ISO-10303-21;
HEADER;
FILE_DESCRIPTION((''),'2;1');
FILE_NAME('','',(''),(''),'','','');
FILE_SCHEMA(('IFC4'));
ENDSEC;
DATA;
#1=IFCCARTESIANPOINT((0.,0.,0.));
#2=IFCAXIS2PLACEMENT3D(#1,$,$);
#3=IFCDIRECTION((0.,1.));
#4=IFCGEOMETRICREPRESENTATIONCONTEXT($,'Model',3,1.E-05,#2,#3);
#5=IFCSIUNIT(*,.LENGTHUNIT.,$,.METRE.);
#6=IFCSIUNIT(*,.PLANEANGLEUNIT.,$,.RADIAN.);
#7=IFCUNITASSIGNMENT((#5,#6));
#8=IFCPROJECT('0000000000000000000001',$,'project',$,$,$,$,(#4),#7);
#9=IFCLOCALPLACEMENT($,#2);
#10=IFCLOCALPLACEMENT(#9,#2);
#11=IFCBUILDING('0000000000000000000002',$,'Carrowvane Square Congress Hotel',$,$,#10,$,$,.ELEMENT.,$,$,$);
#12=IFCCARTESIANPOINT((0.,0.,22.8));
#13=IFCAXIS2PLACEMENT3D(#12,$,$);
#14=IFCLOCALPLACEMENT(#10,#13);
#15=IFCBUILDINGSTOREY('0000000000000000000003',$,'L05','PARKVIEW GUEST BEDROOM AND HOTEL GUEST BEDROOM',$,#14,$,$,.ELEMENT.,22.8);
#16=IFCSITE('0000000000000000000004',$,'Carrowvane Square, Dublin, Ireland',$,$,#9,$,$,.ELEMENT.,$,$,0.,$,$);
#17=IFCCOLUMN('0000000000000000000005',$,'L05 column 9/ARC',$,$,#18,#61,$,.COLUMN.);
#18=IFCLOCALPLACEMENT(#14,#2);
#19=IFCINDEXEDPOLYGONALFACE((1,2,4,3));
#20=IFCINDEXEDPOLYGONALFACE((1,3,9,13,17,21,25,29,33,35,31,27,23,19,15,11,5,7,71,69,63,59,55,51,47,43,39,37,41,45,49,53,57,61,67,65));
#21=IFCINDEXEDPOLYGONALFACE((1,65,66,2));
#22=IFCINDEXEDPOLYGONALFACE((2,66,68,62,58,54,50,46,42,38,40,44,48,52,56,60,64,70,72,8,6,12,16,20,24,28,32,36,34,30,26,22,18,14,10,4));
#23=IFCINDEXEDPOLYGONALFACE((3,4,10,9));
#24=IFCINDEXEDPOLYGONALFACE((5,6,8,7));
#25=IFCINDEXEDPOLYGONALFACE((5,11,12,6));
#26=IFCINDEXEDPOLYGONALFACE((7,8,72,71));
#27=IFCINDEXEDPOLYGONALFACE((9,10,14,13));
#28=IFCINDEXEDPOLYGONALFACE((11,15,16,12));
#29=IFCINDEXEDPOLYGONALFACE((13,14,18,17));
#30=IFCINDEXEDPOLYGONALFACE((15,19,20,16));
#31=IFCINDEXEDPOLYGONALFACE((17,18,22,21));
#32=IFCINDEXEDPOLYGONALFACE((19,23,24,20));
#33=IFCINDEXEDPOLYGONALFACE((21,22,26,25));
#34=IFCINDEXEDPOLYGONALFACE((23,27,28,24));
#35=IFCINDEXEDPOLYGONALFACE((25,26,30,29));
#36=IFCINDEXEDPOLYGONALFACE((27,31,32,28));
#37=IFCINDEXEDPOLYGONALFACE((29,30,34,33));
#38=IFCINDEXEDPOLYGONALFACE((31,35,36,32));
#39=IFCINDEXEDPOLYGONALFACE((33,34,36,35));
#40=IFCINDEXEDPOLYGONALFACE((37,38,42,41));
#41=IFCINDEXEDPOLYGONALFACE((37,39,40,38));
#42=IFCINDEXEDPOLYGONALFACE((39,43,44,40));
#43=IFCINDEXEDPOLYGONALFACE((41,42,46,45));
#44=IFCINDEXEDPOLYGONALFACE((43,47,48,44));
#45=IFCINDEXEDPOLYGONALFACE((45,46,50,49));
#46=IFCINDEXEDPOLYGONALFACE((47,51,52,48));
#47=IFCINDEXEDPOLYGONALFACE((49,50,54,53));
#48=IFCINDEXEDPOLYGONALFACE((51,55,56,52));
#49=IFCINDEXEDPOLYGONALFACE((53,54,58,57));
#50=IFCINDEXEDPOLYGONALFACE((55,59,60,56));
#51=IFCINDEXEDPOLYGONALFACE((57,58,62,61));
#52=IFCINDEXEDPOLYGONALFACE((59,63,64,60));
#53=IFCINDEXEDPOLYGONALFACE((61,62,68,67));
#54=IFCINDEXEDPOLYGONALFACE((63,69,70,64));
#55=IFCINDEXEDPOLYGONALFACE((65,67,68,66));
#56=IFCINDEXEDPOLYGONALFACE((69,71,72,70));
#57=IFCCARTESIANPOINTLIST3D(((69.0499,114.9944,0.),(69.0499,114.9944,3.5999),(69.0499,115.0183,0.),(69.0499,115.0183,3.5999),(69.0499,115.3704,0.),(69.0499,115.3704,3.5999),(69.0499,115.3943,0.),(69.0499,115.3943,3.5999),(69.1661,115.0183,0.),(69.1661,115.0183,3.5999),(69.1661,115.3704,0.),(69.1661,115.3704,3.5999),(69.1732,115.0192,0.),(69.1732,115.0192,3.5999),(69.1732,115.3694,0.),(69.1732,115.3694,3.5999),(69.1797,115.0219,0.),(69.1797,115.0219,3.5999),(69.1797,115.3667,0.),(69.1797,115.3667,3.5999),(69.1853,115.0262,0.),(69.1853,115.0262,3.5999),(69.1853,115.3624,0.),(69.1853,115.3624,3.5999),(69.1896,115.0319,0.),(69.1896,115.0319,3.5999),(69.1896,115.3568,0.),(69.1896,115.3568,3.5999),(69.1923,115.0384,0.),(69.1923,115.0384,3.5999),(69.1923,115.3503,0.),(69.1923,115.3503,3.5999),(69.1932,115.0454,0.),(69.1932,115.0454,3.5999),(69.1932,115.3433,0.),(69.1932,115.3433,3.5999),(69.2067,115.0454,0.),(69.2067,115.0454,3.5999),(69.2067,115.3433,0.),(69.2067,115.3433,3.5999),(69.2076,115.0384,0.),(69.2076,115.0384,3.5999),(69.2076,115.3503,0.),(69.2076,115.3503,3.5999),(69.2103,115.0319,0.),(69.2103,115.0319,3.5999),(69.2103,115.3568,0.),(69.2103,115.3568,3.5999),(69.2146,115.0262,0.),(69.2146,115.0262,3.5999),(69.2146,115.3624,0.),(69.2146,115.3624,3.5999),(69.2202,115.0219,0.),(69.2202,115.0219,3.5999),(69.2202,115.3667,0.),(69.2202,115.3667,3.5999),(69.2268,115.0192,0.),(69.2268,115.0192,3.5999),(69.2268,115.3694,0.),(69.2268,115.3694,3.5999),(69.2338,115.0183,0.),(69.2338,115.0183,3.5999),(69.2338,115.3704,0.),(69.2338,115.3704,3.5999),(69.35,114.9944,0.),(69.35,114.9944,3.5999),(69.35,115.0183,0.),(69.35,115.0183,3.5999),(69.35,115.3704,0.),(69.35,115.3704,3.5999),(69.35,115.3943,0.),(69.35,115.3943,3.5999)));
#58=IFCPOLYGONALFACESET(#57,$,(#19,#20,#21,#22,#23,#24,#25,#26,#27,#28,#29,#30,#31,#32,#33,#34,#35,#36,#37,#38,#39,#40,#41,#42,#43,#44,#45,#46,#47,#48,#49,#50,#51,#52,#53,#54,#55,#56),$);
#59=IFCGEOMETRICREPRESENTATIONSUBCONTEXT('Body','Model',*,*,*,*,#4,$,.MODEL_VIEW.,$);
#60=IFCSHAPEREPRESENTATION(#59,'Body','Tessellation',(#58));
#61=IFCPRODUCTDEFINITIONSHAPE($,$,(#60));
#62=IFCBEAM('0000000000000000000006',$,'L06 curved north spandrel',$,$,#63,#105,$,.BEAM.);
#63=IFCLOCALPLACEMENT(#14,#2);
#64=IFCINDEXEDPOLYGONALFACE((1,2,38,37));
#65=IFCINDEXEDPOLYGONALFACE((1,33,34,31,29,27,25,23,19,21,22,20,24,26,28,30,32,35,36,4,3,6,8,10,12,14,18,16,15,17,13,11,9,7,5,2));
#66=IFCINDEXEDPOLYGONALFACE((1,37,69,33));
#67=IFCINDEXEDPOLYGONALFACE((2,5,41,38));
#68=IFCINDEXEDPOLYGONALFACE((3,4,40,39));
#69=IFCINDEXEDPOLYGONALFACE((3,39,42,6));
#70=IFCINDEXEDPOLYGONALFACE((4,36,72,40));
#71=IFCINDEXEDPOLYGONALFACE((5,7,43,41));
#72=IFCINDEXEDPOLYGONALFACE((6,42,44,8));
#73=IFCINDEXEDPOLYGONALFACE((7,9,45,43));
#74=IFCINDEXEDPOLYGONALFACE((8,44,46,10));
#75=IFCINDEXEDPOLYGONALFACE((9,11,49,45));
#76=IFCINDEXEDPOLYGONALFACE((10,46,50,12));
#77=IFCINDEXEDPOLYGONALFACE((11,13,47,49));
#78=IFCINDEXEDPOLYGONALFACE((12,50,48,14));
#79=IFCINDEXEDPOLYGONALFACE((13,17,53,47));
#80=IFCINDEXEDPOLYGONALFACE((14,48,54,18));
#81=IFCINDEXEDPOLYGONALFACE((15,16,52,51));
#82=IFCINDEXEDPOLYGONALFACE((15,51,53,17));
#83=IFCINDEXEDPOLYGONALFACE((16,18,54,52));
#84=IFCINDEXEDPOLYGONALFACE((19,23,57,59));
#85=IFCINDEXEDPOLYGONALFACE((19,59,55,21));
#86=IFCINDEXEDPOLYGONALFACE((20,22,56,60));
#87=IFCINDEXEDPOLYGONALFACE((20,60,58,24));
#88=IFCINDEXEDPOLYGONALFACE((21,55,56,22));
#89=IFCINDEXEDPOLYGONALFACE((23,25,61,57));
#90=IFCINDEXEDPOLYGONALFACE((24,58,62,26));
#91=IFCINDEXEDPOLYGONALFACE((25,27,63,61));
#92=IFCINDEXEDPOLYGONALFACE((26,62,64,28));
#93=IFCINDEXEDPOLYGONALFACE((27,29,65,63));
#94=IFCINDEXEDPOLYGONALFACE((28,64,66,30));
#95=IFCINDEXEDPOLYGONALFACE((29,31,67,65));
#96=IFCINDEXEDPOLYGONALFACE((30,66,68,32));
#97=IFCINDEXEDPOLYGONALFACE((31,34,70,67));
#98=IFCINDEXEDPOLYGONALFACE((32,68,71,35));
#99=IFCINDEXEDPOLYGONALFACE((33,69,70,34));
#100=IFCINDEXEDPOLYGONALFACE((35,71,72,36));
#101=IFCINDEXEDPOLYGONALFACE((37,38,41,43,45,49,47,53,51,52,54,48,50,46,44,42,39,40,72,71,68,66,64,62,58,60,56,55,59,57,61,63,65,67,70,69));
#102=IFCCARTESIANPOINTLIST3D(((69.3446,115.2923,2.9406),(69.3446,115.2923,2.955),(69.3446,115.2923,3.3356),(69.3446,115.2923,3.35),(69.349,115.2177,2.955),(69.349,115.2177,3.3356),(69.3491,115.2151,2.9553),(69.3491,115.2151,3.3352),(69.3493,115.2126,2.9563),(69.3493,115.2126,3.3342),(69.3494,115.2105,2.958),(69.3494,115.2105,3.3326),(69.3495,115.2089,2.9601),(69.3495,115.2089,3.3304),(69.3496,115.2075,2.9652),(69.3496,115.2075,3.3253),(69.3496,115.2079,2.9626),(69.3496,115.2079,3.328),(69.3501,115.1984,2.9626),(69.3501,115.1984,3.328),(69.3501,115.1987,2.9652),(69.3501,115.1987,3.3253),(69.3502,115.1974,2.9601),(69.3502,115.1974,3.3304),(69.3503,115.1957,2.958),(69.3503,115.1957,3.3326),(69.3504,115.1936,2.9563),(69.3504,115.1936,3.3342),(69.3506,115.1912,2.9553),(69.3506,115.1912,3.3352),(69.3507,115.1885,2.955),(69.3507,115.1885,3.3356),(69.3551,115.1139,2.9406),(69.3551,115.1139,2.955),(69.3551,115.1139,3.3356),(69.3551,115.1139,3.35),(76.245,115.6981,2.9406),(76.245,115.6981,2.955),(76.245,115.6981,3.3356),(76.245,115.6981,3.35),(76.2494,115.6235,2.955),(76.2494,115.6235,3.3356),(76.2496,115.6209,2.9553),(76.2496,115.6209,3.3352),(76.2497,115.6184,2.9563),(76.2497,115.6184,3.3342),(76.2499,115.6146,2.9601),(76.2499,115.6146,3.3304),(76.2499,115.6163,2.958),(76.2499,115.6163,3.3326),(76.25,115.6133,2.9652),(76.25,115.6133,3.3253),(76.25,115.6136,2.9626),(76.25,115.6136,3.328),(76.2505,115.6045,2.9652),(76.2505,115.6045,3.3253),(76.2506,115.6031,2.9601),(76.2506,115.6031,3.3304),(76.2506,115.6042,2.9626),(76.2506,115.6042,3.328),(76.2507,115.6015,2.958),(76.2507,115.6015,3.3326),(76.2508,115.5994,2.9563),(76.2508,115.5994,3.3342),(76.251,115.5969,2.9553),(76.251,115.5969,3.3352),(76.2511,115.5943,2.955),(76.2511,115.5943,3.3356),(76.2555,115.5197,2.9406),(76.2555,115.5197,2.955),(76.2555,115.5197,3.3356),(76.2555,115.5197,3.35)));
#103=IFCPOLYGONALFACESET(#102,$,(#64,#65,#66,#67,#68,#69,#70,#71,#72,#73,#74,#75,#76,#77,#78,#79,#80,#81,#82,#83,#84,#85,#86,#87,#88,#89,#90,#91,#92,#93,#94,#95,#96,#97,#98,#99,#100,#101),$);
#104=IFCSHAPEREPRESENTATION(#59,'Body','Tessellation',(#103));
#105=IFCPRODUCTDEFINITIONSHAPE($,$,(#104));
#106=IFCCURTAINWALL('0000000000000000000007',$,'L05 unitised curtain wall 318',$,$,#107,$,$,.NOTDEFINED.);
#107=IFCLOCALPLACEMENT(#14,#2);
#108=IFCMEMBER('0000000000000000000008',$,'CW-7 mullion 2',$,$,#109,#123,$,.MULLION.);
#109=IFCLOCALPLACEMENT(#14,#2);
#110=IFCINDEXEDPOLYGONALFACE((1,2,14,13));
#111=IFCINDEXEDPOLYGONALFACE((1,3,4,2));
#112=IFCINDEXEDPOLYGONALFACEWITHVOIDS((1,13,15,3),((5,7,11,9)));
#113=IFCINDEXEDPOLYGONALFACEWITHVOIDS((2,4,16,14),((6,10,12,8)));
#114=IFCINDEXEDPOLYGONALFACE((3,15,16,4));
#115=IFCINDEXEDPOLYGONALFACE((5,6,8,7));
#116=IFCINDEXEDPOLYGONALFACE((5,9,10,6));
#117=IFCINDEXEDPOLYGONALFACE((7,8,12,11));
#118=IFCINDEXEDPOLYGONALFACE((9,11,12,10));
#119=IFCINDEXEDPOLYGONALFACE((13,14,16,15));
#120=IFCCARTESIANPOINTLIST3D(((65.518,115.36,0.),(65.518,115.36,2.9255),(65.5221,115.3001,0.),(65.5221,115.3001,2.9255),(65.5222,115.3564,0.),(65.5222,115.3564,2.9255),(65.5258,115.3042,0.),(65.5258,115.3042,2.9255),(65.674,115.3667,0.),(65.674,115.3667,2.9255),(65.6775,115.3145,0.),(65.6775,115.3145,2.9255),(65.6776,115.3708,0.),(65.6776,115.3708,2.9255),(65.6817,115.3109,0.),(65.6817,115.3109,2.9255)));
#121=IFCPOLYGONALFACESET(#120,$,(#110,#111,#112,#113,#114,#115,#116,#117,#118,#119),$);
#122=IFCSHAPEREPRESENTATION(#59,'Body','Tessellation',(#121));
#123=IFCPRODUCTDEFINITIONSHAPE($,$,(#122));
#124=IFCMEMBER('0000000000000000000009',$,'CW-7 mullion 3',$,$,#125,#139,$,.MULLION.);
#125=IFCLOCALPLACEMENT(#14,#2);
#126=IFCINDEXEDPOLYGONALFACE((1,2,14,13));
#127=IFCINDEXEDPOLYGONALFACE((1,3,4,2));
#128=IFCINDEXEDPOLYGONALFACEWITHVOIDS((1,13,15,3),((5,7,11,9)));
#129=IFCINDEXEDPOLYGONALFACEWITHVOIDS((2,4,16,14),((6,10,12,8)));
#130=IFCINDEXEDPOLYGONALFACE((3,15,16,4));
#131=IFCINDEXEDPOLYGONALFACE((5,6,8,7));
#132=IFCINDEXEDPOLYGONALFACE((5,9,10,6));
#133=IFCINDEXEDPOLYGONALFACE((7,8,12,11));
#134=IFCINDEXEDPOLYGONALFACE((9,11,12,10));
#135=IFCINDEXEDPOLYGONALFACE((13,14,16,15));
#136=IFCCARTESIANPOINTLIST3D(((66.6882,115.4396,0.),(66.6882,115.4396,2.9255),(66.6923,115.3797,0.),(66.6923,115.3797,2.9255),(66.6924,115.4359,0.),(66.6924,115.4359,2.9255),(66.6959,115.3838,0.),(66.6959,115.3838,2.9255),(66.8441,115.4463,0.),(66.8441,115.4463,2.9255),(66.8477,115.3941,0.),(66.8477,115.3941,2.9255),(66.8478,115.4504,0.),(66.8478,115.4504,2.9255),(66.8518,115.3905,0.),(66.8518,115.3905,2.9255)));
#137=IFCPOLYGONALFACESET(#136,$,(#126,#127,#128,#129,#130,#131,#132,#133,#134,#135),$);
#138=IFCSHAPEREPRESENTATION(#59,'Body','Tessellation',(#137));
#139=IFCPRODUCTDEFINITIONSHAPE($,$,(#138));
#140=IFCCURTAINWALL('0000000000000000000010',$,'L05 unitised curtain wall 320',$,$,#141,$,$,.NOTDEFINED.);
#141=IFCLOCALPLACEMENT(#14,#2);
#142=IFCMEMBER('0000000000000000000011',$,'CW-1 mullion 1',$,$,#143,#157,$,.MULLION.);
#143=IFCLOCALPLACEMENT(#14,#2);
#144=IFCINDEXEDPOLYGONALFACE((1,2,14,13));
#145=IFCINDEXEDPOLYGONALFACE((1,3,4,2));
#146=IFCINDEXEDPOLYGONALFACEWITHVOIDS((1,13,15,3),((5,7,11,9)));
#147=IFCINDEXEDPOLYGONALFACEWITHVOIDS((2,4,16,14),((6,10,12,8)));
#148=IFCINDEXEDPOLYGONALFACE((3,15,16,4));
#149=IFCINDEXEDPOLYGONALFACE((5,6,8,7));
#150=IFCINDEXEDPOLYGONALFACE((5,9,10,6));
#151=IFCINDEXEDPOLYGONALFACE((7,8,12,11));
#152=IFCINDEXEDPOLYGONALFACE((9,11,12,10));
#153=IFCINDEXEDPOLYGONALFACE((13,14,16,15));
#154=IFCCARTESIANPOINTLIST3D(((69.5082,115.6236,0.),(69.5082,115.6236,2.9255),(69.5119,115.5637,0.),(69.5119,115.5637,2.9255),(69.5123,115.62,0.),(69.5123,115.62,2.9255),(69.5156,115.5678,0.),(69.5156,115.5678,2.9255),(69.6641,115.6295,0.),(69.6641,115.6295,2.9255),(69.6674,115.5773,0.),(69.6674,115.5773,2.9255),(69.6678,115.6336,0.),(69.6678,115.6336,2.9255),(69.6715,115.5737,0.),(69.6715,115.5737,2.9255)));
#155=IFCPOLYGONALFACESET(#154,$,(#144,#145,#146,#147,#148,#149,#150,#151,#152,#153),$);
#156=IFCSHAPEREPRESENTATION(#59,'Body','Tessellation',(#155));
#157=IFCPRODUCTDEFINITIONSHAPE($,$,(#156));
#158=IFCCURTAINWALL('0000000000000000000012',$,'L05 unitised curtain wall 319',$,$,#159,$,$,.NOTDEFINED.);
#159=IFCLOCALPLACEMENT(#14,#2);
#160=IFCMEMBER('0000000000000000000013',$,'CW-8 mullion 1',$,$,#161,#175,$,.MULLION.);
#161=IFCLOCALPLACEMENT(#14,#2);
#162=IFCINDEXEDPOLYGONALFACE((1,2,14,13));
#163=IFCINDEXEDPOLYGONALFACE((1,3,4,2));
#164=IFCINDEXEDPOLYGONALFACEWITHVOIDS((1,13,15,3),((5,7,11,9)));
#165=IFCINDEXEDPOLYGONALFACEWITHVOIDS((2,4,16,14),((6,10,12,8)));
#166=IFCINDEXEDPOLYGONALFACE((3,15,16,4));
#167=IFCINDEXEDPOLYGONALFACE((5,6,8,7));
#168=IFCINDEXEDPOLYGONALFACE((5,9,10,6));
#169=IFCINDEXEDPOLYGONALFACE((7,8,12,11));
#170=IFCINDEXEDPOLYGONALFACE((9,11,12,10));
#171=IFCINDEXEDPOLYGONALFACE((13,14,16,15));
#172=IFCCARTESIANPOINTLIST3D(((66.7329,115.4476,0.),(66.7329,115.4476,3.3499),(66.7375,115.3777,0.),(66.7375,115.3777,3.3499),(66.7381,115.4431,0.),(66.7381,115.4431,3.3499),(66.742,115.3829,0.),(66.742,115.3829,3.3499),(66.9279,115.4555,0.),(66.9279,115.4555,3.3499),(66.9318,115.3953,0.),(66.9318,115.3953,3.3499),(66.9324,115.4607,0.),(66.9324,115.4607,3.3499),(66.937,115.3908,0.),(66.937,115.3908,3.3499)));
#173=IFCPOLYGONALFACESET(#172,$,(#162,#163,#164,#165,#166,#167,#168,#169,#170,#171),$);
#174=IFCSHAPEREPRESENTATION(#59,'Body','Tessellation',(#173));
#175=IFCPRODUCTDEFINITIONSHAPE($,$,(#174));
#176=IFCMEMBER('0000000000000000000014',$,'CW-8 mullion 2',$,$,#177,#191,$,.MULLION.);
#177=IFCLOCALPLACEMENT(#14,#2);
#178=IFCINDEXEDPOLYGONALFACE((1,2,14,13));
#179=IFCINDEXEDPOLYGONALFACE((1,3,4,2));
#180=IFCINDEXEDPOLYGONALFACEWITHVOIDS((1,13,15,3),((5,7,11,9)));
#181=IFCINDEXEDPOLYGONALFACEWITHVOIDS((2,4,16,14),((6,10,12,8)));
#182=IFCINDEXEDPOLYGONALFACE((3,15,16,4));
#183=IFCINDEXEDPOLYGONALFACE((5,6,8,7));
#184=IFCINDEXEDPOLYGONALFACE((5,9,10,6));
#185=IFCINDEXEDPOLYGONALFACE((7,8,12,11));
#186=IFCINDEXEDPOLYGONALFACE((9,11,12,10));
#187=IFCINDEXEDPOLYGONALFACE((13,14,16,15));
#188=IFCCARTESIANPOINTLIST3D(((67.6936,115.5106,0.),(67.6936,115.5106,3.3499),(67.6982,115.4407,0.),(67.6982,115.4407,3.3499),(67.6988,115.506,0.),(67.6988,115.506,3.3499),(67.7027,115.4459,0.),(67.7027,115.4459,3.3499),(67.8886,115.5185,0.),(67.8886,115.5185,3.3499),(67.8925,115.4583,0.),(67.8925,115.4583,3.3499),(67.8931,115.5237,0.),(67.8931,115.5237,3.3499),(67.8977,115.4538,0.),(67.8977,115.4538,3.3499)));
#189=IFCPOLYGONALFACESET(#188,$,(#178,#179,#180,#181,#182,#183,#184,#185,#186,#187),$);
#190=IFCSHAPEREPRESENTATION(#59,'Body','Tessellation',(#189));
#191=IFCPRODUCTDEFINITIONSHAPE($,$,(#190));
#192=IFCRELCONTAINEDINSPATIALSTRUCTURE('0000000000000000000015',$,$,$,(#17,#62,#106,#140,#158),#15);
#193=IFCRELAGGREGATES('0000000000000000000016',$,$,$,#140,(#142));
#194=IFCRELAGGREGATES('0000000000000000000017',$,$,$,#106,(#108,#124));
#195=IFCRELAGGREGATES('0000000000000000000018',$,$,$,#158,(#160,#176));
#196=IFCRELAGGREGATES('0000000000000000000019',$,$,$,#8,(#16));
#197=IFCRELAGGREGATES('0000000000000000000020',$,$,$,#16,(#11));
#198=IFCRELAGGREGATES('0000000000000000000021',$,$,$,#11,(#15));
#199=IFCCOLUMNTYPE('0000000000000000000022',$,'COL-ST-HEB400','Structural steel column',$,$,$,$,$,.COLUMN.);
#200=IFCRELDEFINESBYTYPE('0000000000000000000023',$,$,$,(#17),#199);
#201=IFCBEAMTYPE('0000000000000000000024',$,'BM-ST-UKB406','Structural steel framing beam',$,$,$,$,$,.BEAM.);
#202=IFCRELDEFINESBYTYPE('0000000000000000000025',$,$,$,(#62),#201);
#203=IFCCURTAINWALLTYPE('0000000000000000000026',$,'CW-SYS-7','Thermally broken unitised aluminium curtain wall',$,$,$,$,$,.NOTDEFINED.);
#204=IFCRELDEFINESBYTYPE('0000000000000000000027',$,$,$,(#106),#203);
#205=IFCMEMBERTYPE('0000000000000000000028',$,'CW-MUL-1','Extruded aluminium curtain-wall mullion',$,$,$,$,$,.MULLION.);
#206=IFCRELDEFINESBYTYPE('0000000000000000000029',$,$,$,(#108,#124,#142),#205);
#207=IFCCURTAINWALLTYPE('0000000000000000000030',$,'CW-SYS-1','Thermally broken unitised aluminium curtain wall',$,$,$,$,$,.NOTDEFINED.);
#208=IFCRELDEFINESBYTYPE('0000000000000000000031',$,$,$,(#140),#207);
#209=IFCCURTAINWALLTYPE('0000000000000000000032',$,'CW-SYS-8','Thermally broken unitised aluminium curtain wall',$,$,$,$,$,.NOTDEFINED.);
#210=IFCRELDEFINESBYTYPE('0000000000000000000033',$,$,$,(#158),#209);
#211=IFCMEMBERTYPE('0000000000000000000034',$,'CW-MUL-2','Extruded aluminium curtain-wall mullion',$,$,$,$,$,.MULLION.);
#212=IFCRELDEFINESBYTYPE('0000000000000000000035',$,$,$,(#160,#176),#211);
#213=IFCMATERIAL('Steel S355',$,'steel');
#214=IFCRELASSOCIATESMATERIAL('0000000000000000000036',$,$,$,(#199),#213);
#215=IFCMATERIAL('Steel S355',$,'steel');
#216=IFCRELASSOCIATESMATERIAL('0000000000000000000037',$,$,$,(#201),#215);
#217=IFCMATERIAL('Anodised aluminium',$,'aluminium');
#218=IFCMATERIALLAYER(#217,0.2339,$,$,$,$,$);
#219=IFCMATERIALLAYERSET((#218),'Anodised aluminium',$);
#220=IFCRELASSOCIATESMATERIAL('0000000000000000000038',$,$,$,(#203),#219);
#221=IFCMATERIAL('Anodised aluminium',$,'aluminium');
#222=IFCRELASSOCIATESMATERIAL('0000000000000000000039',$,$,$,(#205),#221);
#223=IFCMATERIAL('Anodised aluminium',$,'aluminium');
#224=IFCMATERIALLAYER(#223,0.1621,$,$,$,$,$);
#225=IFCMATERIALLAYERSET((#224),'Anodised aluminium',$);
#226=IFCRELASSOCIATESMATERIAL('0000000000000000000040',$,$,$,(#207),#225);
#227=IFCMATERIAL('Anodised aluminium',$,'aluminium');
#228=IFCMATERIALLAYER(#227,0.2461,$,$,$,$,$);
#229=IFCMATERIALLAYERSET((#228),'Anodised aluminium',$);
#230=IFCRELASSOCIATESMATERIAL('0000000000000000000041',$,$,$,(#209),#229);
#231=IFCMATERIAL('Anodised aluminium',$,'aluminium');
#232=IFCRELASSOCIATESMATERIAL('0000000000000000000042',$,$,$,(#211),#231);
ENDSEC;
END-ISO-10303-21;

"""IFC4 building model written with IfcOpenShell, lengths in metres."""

from ifc_helpers import new_model, si_unit, direction, frame, origin, origin_2d, place, context, subcontext, project, spatial, hollow_rectangle, i_section, extrude, material, layer, layer_set, material_profile, profile_set, type_object, element, aggregate, save


model = new_model("IFC4")

# Units and contexts
model_context = context("Model", 3, precision=1e-05, world=origin(), true_north=direction((0.0, 1.0)))
body_context = subcontext(model_context, "Body", "Model", "MODEL_VIEW")
ifc_project = project(units=[si_unit("LENGTHUNIT", "METRE"), si_unit("PLANEANGLEUNIT", "RADIAN")], contexts=[model_context])

# Site, building, storey
site_placement = place(None, origin())
site = spatial("IfcSite", under=ifc_project, at=site_placement, Name="Carrowvane Square, Dublin, Ireland", CompositionType="ELEMENT", RefElevation=0.0)
building_placement = place(site_placement, origin())
building = spatial("IfcBuilding", under=site, at=building_placement, Name="Carrowvane Square Congress Hotel", CompositionType="ELEMENT")
storey_placement = place(building_placement, frame((0.0, 0.0, 22.8)))
storey = spatial("IfcBuildingStorey", under=building, at=storey_placement, Name="L05", Description="PARKVIEW GUEST BEDROOM AND HOTEL GUEST BEDROOM", CompositionType="ELEMENT", Elevation=22.8)

# Column
ifc_material_1 = material(Name="Steel S355", Category="steel")
ifc_material_profile_1 = material_profile(ifc_material_1, i_section(OverallWidth=0.3, OverallDepth=0.3999, WebThickness=0.0134, FlangeThickness=0.0239, FilletRadius=0.0271, at=origin_2d()), Name="HEB 400")
ifc_profile_set_1 = profile_set([ifc_material_profile_1], Name="Steel S355")
column_type = type_object("IfcColumnType", Name="COL-ST-HEB400", Description="Structural steel column", PredefinedType="COLUMN", material=ifc_profile_set_1)
column_placement = place(storey_placement, frame((69.2, 115.1943, 0.0), z_axis=(0.0, 0.0, 1.0), x_axis=(1.0, 0.0, 0.0)))
element("IfcColumn", 1, at=column_placement, inside=storey, type_object=column_type, Name="L05 column 9/ARC", PredefinedType="COLUMN", context=body_context, shape_type="SweptSolid", body=[
    extrude(i_section(OverallWidth=0.3, OverallDepth=0.3999, WebThickness=0.0134, FlangeThickness=0.0239, FilletRadius=0.0271, at=origin_2d()), origin(), (0.0, 0.0, 1.0), 3.5999),
])

# Beam
ifc_material_2 = material(Name="Steel S355", Category="steel")
ifc_material_profile_2 = material_profile(ifc_material_2, i_section(OverallWidth=0.1787, OverallDepth=0.4094, WebThickness=0.0088, FlangeThickness=0.0144, FilletRadius=0.0103, at=origin_2d()), Name="UKB 406x178x67")
ifc_profile_set_2 = profile_set([ifc_material_profile_2], Name="Steel S355")
beam_type = type_object("IfcBeamType", Name="BM-ST-UKB406", Description="Structural steel framing beam", PredefinedType="BEAM", material=ifc_profile_set_2)
beam_placement = place(storey_placement, frame((69.3499, 115.2031, 3.1453), z_axis=(0.998276, 0.058701, 0.0), x_axis=(-0.058701, 0.998276, 0.0)))
element("IfcBeam", 2, at=beam_placement, inside=storey, type_object=beam_type, Name="L06 curved north spandrel", PredefinedType="BEAM", context=body_context, shape_type="SweptSolid", body=[
    extrude(i_section(OverallWidth=0.1787, OverallDepth=0.4094, WebThickness=0.0088, FlangeThickness=0.0144, FilletRadius=0.0103, at=origin_2d()), origin(), (0.0, 0.0, 1.0), 6.9124),
])

# Curtain wall, members
ifc_material_3 = material(Name="Anodised aluminium", Category="aluminium")
ifc_layer_1 = layer(ifc_material_3, 0.2339)
ifc_layer_set_1 = layer_set([ifc_layer_1], Name="Anodised aluminium")
curtain_wall_type_1 = type_object("IfcCurtainWallType", Name="CW-SYS-7", Description="Thermally broken unitised aluminium curtain wall", PredefinedType="NOTDEFINED", material=ifc_layer_set_1)
curtain_wall_1_placement = place(storey_placement, origin())
curtain_wall_1 = element("IfcCurtainWall", 3, at=curtain_wall_1_placement, inside=storey, type_object=curtain_wall_type_1, Name="L05 unitised curtain wall 318", PredefinedType="NOTDEFINED")
ifc_material_4 = material(Name="Anodised aluminium", Category="aluminium")
ifc_material_profile_3 = material_profile(ifc_material_4, hollow_rectangle(XDim=0.0601, YDim=0.1599, WallThickness=0.0039, at=origin_2d()), Name="CW-ML 60x160x4")
ifc_profile_set_3 = profile_set([ifc_material_profile_3], Name="Anodised aluminium")
member_type_1 = type_object("IfcMemberType", Name="CW-MUL-1", Description="Extruded aluminium curtain-wall mullion", PredefinedType="MULLION", material=ifc_profile_set_3)
member_1_placement = place(storey_placement, frame((65.5999, 115.3354, 0.0), z_axis=(0.0, 0.0, 1.0), x_axis=(-0.067865, 0.997694, 0.0)))
member_1 = element("IfcMember", 4, at=member_1_placement, type_object=member_type_1, Name="CW-7 mullion 2", PredefinedType="MULLION", context=body_context, shape_type="SweptSolid", body=[
    extrude(hollow_rectangle(XDim=0.0601, YDim=0.1599, WallThickness=0.0039, at=origin_2d()), origin(), (0.0, 0.0, 1.0), 2.9255),
])
member_2_placement = place(storey_placement, frame((66.77, 115.415, 0.0), z_axis=(0.0, 0.0, 1.0), x_axis=(-0.067865, 0.997694, 0.0)))
member_2 = element("IfcMember", 5, at=member_2_placement, type_object=member_type_1, Name="CW-7 mullion 3", PredefinedType="MULLION", context=body_context, shape_type="SweptSolid", body=[
    extrude(hollow_rectangle(XDim=0.0601, YDim=0.1599, WallThickness=0.0039, at=origin_2d()), origin(), (0.0, 0.0, 1.0), 2.9255),
])

# Curtain wall, member
ifc_material_5 = material(Name="Anodised aluminium", Category="aluminium")
ifc_layer_2 = layer(ifc_material_5, 0.1621)
ifc_layer_set_2 = layer_set([ifc_layer_2], Name="Anodised aluminium")
curtain_wall_type_2 = type_object("IfcCurtainWallType", Name="CW-SYS-1", Description="Thermally broken unitised aluminium curtain wall", PredefinedType="NOTDEFINED", material=ifc_layer_set_2)
curtain_wall_2_placement = place(storey_placement, origin())
curtain_wall_2 = element("IfcCurtainWall", 6, at=curtain_wall_2_placement, inside=storey, type_object=curtain_wall_type_2, Name="L05 unitised curtain wall 320", PredefinedType="NOTDEFINED")
member_3_placement = place(storey_placement, frame((69.5898, 115.5986, 0.0), z_axis=(0.0, 0.0, 1.0), x_axis=(-0.062397, 0.998051, 0.0)))
member_3 = element("IfcMember", 7, at=member_3_placement, type_object=member_type_1, Name="CW-1 mullion 1", PredefinedType="MULLION", context=body_context, shape_type="SweptSolid", body=[
    extrude(hollow_rectangle(XDim=0.0601, YDim=0.1599, WallThickness=0.0039, at=origin_2d()), origin(), (0.0, 0.0, 1.0), 2.9255),
])

# Curtain wall, members
ifc_material_6 = material(Name="Anodised aluminium", Category="aluminium")
ifc_layer_3 = layer(ifc_material_6, 0.2461)
ifc_layer_set_3 = layer_set([ifc_layer_3], Name="Anodised aluminium")
curtain_wall_type_3 = type_object("IfcCurtainWallType", Name="CW-SYS-8", Description="Thermally broken unitised aluminium curtain wall", PredefinedType="NOTDEFINED", material=ifc_layer_set_3)
curtain_wall_3_placement = place(storey_placement, origin())
curtain_wall_3 = element("IfcCurtainWall", 8, at=curtain_wall_3_placement, inside=storey, type_object=curtain_wall_type_3, Name="L05 unitised curtain wall 319", PredefinedType="NOTDEFINED")
ifc_material_7 = material(Name="Anodised aluminium", Category="aluminium")
ifc_material_profile_4 = material_profile(ifc_material_7, hollow_rectangle(XDim=0.0701, YDim=0.2, WallThickness=0.0049, at=origin_2d()), Name="CW-ML 70x200x5")
ifc_profile_set_4 = profile_set([ifc_material_profile_4], Name="Anodised aluminium")
member_type_2 = type_object("IfcMemberType", Name="CW-MUL-2", Description="Extruded aluminium curtain-wall mullion", PredefinedType="MULLION", material=ifc_profile_set_4)
member_4_placement = place(storey_placement, frame((66.835, 115.4192, 0.0), z_axis=(0.0, 0.0, 1.0), x_axis=(-0.065412, 0.997858, 0.0)))
member_4 = element("IfcMember", 9, at=member_4_placement, type_object=member_type_2, Name="CW-8 mullion 1", PredefinedType="MULLION", context=body_context, shape_type="SweptSolid", body=[
    extrude(hollow_rectangle(XDim=0.0701, YDim=0.2, WallThickness=0.0049, at=origin_2d()), origin(), (0.0, 0.0, 1.0), 3.3499),
])
member_5_placement = place(storey_placement, frame((67.7957, 115.4822, 0.0), z_axis=(0.0, 0.0, 1.0), x_axis=(-0.065412, 0.997858, 0.0)))
member_5 = element("IfcMember", 10, at=member_5_placement, type_object=member_type_2, Name="CW-8 mullion 2", PredefinedType="MULLION", context=body_context, shape_type="SweptSolid", body=[
    extrude(hollow_rectangle(XDim=0.0701, YDim=0.2, WallThickness=0.0049, at=origin_2d()), origin(), (0.0, 0.0, 1.0), 3.3499),
])

aggregate(curtain_wall_2, [member_3])
aggregate(curtain_wall_1, [member_1, member_2])
aggregate(curtain_wall_3, [member_4, member_5])

save(model, "model.ifc")
